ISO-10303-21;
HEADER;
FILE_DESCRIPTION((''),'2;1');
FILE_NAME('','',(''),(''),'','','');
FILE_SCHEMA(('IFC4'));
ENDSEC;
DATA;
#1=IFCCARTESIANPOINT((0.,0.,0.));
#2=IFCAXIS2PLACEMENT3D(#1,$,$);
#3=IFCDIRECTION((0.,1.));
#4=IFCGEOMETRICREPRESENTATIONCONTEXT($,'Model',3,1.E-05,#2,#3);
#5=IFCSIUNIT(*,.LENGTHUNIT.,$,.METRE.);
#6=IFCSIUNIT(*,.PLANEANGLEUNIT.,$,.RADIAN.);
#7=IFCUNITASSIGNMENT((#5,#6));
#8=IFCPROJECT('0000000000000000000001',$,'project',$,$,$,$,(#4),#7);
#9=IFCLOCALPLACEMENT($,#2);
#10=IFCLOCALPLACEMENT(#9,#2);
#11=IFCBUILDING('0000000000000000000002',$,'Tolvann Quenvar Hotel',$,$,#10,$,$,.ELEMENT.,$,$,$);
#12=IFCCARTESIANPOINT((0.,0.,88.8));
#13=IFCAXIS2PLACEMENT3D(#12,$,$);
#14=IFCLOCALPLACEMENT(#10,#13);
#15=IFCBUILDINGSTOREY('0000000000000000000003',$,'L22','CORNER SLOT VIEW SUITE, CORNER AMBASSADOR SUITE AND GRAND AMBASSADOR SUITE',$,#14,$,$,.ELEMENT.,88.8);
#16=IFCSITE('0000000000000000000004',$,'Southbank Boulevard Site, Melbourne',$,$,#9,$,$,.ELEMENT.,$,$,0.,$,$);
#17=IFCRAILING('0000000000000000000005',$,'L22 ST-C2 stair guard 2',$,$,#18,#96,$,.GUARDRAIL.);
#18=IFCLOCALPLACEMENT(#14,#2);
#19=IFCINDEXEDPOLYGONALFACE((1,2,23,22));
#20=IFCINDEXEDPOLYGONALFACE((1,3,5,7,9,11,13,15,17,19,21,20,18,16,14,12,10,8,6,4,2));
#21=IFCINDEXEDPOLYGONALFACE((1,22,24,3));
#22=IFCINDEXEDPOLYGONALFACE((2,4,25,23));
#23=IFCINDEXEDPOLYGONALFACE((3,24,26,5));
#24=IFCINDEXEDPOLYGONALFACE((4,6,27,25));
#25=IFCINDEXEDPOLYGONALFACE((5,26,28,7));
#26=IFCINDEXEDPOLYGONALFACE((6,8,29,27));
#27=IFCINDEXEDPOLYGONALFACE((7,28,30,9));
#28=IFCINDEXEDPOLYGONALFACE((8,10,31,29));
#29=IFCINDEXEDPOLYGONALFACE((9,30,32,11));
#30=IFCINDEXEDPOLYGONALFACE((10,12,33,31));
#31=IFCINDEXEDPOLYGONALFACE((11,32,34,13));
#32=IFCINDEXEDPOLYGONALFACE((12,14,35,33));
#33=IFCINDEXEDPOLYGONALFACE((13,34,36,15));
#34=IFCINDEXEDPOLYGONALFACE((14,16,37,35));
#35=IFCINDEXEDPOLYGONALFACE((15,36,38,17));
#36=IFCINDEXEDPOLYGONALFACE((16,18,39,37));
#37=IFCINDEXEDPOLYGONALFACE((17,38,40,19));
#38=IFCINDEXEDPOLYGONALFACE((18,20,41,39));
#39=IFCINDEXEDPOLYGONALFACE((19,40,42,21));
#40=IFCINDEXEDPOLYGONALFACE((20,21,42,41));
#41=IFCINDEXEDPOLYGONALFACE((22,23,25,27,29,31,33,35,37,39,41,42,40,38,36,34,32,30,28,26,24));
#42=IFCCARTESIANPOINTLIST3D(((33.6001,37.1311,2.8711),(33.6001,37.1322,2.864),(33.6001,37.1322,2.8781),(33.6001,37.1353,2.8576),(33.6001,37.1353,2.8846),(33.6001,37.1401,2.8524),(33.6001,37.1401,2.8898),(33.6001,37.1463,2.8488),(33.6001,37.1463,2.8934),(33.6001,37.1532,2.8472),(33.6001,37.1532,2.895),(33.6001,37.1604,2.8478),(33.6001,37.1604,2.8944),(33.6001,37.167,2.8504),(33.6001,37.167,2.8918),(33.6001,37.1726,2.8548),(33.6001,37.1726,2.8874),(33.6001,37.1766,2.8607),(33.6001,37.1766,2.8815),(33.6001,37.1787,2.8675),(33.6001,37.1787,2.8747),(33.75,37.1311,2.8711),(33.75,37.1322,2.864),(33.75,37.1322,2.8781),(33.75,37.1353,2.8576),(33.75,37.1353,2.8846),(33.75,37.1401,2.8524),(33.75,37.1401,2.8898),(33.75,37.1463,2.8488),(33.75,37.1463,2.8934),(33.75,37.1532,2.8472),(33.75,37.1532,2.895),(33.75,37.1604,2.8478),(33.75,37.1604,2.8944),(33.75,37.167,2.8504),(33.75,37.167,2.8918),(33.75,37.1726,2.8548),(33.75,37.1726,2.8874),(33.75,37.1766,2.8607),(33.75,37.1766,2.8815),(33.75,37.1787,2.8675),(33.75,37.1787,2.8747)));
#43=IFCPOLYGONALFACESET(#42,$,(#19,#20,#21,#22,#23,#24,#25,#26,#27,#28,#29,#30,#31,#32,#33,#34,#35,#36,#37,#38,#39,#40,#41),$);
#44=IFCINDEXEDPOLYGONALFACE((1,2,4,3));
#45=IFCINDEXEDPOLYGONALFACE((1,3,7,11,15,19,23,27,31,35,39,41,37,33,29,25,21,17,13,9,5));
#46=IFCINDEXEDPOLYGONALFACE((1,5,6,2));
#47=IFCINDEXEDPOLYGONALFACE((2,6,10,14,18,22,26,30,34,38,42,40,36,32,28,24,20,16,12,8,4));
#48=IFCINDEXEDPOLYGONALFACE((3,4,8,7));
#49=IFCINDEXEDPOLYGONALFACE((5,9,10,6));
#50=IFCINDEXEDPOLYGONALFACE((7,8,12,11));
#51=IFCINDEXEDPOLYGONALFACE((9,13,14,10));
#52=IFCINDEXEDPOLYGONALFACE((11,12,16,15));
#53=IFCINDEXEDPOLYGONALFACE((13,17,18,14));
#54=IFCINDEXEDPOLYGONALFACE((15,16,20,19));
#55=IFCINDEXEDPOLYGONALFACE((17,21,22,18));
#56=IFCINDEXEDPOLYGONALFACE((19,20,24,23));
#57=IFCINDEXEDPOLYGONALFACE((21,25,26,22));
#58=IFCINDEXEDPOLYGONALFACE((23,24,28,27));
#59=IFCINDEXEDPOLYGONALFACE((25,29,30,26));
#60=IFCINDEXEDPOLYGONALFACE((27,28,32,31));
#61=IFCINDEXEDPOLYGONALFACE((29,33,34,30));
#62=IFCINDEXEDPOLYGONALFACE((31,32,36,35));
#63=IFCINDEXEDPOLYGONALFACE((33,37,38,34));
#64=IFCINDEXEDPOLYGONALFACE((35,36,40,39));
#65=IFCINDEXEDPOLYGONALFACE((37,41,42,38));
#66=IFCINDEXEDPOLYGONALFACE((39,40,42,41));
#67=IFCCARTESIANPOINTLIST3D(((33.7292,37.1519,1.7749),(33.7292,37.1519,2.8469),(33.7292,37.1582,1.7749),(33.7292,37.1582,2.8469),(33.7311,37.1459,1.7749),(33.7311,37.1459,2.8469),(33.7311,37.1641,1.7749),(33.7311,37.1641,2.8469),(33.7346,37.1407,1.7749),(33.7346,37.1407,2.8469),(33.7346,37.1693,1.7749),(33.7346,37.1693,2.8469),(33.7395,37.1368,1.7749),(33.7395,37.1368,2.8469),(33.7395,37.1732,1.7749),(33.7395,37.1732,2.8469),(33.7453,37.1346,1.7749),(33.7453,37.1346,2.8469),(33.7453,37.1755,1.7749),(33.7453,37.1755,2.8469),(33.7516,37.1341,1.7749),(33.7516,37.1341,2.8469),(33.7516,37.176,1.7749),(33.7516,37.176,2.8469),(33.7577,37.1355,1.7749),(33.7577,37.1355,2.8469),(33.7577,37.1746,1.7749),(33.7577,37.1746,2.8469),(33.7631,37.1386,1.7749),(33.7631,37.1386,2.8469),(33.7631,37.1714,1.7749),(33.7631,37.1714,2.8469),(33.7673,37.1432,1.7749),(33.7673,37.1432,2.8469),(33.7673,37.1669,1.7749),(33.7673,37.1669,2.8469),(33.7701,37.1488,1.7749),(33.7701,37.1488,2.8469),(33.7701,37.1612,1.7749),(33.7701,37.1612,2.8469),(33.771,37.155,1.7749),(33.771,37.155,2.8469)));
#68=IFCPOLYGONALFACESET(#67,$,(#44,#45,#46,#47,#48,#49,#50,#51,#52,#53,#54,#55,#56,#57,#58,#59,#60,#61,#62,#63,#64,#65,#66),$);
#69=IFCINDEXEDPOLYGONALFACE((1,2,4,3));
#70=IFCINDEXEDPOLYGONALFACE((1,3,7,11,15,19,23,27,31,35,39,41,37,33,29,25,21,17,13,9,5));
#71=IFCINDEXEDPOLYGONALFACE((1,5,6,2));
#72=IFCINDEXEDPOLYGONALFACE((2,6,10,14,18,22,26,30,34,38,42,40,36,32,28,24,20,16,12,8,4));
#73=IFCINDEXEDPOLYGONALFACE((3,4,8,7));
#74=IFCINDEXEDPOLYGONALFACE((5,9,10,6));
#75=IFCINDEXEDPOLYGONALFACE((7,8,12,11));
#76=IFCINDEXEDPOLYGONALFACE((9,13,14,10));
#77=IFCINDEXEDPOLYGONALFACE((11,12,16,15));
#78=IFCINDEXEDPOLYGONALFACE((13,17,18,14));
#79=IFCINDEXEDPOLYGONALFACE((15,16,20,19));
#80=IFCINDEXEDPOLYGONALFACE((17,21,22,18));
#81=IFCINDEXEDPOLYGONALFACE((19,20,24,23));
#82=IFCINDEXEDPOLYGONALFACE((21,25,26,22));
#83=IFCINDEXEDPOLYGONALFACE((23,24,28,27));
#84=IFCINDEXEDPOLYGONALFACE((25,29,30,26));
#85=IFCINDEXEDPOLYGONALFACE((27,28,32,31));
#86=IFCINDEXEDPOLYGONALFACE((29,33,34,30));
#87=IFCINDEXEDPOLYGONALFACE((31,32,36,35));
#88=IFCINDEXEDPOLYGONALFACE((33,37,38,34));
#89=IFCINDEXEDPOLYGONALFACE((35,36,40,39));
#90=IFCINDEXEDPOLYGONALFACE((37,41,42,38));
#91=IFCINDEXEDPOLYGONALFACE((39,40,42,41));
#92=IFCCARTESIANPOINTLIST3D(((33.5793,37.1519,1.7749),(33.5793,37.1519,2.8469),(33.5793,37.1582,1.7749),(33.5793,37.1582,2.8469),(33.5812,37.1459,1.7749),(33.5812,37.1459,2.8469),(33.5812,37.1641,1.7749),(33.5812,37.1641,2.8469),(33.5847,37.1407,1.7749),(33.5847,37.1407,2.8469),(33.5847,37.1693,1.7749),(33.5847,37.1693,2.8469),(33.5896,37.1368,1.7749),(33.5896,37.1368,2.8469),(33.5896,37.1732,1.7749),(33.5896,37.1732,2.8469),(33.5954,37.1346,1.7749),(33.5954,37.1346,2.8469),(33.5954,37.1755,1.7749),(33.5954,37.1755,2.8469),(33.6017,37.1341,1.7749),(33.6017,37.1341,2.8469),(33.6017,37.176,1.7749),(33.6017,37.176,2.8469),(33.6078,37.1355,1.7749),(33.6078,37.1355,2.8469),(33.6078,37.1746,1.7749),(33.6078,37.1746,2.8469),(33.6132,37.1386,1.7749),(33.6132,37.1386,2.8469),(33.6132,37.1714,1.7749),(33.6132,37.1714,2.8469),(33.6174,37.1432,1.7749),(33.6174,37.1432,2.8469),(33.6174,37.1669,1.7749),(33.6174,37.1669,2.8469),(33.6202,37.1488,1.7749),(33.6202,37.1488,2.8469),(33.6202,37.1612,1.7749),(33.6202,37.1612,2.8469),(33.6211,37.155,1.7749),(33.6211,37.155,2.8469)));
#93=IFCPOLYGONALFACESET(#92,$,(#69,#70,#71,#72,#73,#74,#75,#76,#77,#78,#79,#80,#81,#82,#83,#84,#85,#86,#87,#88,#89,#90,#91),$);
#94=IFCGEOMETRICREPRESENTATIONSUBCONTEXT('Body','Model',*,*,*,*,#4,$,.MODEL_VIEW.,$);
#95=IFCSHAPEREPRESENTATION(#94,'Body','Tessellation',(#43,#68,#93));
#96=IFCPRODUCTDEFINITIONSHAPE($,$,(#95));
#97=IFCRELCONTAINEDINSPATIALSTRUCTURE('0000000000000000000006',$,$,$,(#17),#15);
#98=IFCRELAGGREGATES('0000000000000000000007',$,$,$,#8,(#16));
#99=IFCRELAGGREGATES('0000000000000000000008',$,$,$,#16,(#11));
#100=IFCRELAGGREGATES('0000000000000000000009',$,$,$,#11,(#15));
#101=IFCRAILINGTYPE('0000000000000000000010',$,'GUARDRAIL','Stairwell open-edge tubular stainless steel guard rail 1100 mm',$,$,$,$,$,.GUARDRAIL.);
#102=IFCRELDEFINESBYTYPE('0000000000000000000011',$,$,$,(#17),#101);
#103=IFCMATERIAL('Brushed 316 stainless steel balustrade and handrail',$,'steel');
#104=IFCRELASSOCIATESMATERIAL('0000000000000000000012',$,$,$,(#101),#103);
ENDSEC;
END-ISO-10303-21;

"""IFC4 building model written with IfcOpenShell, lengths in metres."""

from ifc_helpers import new_model, si_unit, direction, frame, origin, origin_2d, place, context, subcontext, project, spatial, circle, extrude, material, type_object, element, save


model = new_model("IFC4")

# Units and contexts
model_context = context("Model", 3, precision=1e-05, world=origin(), true_north=direction((0.0, 1.0)))
body_context = subcontext(model_context, "Body", "Model", "MODEL_VIEW")
ifc_project = project(units=[si_unit("LENGTHUNIT", "METRE"), si_unit("PLANEANGLEUNIT", "RADIAN")], contexts=[model_context])

# Site, building, storey
site_placement = place(None, origin())
site = spatial("IfcSite", under=ifc_project, at=site_placement, Name="Southbank Boulevard Site, Melbourne", CompositionType="ELEMENT", RefElevation=0.0)
building_placement = place(site_placement, origin())
building = spatial("IfcBuilding", under=site, at=building_placement, Name="Tolvann Quenvar Hotel", CompositionType="ELEMENT")
storey_placement = place(building_placement, frame((0.0, 0.0, 88.8)))
storey = spatial("IfcBuildingStorey", under=building, at=storey_placement, Name="L22", Description="CORNER SLOT VIEW SUITE, CORNER AMBASSADOR SUITE AND GRAND AMBASSADOR SUITE", CompositionType="ELEMENT", Elevation=88.8)

# Railing
ifc_material_1 = material(Name="Brushed 316 stainless steel balustrade and handrail", Category="steel")
railing_type_1 = type_object("IfcRailingType", Name="GUARDRAIL", Description="Stairwell open-edge tubular stainless steel guard rail 1100 mm", PredefinedType="GUARDRAIL", material=ifc_material_1)
railing_1_placement = place(storey_placement, frame((33.75, 37.155, 1.7749)))
element("IfcRailing", 1, at=railing_1_placement, inside=storey, type_object=railing_type_1, Name="L22 ST-C2 stair guard 2", PredefinedType="GUARDRAIL", context=body_context, shape_type="SweptSolid", body=[
    extrude(circle(Radius=0.0239, at=origin_2d()), frame((0.0, 0.0, 1.0962), z_axis=(-1.0, 0.0, 0.0), x_axis=(0.0, -1.0, 0.0)), (0.0, 0.0, 1.0), 0.1499),
    extrude(circle(Radius=0.021, at=origin_2d()), origin(), (0.0, 0.0, 1.0), 1.072),
    extrude(circle(Radius=0.021, at=origin_2d()), frame((-0.1499, 0.0, 0.0)), (0.0, 0.0, 1.0), 1.072),
])

save(model, "model.ifc")
